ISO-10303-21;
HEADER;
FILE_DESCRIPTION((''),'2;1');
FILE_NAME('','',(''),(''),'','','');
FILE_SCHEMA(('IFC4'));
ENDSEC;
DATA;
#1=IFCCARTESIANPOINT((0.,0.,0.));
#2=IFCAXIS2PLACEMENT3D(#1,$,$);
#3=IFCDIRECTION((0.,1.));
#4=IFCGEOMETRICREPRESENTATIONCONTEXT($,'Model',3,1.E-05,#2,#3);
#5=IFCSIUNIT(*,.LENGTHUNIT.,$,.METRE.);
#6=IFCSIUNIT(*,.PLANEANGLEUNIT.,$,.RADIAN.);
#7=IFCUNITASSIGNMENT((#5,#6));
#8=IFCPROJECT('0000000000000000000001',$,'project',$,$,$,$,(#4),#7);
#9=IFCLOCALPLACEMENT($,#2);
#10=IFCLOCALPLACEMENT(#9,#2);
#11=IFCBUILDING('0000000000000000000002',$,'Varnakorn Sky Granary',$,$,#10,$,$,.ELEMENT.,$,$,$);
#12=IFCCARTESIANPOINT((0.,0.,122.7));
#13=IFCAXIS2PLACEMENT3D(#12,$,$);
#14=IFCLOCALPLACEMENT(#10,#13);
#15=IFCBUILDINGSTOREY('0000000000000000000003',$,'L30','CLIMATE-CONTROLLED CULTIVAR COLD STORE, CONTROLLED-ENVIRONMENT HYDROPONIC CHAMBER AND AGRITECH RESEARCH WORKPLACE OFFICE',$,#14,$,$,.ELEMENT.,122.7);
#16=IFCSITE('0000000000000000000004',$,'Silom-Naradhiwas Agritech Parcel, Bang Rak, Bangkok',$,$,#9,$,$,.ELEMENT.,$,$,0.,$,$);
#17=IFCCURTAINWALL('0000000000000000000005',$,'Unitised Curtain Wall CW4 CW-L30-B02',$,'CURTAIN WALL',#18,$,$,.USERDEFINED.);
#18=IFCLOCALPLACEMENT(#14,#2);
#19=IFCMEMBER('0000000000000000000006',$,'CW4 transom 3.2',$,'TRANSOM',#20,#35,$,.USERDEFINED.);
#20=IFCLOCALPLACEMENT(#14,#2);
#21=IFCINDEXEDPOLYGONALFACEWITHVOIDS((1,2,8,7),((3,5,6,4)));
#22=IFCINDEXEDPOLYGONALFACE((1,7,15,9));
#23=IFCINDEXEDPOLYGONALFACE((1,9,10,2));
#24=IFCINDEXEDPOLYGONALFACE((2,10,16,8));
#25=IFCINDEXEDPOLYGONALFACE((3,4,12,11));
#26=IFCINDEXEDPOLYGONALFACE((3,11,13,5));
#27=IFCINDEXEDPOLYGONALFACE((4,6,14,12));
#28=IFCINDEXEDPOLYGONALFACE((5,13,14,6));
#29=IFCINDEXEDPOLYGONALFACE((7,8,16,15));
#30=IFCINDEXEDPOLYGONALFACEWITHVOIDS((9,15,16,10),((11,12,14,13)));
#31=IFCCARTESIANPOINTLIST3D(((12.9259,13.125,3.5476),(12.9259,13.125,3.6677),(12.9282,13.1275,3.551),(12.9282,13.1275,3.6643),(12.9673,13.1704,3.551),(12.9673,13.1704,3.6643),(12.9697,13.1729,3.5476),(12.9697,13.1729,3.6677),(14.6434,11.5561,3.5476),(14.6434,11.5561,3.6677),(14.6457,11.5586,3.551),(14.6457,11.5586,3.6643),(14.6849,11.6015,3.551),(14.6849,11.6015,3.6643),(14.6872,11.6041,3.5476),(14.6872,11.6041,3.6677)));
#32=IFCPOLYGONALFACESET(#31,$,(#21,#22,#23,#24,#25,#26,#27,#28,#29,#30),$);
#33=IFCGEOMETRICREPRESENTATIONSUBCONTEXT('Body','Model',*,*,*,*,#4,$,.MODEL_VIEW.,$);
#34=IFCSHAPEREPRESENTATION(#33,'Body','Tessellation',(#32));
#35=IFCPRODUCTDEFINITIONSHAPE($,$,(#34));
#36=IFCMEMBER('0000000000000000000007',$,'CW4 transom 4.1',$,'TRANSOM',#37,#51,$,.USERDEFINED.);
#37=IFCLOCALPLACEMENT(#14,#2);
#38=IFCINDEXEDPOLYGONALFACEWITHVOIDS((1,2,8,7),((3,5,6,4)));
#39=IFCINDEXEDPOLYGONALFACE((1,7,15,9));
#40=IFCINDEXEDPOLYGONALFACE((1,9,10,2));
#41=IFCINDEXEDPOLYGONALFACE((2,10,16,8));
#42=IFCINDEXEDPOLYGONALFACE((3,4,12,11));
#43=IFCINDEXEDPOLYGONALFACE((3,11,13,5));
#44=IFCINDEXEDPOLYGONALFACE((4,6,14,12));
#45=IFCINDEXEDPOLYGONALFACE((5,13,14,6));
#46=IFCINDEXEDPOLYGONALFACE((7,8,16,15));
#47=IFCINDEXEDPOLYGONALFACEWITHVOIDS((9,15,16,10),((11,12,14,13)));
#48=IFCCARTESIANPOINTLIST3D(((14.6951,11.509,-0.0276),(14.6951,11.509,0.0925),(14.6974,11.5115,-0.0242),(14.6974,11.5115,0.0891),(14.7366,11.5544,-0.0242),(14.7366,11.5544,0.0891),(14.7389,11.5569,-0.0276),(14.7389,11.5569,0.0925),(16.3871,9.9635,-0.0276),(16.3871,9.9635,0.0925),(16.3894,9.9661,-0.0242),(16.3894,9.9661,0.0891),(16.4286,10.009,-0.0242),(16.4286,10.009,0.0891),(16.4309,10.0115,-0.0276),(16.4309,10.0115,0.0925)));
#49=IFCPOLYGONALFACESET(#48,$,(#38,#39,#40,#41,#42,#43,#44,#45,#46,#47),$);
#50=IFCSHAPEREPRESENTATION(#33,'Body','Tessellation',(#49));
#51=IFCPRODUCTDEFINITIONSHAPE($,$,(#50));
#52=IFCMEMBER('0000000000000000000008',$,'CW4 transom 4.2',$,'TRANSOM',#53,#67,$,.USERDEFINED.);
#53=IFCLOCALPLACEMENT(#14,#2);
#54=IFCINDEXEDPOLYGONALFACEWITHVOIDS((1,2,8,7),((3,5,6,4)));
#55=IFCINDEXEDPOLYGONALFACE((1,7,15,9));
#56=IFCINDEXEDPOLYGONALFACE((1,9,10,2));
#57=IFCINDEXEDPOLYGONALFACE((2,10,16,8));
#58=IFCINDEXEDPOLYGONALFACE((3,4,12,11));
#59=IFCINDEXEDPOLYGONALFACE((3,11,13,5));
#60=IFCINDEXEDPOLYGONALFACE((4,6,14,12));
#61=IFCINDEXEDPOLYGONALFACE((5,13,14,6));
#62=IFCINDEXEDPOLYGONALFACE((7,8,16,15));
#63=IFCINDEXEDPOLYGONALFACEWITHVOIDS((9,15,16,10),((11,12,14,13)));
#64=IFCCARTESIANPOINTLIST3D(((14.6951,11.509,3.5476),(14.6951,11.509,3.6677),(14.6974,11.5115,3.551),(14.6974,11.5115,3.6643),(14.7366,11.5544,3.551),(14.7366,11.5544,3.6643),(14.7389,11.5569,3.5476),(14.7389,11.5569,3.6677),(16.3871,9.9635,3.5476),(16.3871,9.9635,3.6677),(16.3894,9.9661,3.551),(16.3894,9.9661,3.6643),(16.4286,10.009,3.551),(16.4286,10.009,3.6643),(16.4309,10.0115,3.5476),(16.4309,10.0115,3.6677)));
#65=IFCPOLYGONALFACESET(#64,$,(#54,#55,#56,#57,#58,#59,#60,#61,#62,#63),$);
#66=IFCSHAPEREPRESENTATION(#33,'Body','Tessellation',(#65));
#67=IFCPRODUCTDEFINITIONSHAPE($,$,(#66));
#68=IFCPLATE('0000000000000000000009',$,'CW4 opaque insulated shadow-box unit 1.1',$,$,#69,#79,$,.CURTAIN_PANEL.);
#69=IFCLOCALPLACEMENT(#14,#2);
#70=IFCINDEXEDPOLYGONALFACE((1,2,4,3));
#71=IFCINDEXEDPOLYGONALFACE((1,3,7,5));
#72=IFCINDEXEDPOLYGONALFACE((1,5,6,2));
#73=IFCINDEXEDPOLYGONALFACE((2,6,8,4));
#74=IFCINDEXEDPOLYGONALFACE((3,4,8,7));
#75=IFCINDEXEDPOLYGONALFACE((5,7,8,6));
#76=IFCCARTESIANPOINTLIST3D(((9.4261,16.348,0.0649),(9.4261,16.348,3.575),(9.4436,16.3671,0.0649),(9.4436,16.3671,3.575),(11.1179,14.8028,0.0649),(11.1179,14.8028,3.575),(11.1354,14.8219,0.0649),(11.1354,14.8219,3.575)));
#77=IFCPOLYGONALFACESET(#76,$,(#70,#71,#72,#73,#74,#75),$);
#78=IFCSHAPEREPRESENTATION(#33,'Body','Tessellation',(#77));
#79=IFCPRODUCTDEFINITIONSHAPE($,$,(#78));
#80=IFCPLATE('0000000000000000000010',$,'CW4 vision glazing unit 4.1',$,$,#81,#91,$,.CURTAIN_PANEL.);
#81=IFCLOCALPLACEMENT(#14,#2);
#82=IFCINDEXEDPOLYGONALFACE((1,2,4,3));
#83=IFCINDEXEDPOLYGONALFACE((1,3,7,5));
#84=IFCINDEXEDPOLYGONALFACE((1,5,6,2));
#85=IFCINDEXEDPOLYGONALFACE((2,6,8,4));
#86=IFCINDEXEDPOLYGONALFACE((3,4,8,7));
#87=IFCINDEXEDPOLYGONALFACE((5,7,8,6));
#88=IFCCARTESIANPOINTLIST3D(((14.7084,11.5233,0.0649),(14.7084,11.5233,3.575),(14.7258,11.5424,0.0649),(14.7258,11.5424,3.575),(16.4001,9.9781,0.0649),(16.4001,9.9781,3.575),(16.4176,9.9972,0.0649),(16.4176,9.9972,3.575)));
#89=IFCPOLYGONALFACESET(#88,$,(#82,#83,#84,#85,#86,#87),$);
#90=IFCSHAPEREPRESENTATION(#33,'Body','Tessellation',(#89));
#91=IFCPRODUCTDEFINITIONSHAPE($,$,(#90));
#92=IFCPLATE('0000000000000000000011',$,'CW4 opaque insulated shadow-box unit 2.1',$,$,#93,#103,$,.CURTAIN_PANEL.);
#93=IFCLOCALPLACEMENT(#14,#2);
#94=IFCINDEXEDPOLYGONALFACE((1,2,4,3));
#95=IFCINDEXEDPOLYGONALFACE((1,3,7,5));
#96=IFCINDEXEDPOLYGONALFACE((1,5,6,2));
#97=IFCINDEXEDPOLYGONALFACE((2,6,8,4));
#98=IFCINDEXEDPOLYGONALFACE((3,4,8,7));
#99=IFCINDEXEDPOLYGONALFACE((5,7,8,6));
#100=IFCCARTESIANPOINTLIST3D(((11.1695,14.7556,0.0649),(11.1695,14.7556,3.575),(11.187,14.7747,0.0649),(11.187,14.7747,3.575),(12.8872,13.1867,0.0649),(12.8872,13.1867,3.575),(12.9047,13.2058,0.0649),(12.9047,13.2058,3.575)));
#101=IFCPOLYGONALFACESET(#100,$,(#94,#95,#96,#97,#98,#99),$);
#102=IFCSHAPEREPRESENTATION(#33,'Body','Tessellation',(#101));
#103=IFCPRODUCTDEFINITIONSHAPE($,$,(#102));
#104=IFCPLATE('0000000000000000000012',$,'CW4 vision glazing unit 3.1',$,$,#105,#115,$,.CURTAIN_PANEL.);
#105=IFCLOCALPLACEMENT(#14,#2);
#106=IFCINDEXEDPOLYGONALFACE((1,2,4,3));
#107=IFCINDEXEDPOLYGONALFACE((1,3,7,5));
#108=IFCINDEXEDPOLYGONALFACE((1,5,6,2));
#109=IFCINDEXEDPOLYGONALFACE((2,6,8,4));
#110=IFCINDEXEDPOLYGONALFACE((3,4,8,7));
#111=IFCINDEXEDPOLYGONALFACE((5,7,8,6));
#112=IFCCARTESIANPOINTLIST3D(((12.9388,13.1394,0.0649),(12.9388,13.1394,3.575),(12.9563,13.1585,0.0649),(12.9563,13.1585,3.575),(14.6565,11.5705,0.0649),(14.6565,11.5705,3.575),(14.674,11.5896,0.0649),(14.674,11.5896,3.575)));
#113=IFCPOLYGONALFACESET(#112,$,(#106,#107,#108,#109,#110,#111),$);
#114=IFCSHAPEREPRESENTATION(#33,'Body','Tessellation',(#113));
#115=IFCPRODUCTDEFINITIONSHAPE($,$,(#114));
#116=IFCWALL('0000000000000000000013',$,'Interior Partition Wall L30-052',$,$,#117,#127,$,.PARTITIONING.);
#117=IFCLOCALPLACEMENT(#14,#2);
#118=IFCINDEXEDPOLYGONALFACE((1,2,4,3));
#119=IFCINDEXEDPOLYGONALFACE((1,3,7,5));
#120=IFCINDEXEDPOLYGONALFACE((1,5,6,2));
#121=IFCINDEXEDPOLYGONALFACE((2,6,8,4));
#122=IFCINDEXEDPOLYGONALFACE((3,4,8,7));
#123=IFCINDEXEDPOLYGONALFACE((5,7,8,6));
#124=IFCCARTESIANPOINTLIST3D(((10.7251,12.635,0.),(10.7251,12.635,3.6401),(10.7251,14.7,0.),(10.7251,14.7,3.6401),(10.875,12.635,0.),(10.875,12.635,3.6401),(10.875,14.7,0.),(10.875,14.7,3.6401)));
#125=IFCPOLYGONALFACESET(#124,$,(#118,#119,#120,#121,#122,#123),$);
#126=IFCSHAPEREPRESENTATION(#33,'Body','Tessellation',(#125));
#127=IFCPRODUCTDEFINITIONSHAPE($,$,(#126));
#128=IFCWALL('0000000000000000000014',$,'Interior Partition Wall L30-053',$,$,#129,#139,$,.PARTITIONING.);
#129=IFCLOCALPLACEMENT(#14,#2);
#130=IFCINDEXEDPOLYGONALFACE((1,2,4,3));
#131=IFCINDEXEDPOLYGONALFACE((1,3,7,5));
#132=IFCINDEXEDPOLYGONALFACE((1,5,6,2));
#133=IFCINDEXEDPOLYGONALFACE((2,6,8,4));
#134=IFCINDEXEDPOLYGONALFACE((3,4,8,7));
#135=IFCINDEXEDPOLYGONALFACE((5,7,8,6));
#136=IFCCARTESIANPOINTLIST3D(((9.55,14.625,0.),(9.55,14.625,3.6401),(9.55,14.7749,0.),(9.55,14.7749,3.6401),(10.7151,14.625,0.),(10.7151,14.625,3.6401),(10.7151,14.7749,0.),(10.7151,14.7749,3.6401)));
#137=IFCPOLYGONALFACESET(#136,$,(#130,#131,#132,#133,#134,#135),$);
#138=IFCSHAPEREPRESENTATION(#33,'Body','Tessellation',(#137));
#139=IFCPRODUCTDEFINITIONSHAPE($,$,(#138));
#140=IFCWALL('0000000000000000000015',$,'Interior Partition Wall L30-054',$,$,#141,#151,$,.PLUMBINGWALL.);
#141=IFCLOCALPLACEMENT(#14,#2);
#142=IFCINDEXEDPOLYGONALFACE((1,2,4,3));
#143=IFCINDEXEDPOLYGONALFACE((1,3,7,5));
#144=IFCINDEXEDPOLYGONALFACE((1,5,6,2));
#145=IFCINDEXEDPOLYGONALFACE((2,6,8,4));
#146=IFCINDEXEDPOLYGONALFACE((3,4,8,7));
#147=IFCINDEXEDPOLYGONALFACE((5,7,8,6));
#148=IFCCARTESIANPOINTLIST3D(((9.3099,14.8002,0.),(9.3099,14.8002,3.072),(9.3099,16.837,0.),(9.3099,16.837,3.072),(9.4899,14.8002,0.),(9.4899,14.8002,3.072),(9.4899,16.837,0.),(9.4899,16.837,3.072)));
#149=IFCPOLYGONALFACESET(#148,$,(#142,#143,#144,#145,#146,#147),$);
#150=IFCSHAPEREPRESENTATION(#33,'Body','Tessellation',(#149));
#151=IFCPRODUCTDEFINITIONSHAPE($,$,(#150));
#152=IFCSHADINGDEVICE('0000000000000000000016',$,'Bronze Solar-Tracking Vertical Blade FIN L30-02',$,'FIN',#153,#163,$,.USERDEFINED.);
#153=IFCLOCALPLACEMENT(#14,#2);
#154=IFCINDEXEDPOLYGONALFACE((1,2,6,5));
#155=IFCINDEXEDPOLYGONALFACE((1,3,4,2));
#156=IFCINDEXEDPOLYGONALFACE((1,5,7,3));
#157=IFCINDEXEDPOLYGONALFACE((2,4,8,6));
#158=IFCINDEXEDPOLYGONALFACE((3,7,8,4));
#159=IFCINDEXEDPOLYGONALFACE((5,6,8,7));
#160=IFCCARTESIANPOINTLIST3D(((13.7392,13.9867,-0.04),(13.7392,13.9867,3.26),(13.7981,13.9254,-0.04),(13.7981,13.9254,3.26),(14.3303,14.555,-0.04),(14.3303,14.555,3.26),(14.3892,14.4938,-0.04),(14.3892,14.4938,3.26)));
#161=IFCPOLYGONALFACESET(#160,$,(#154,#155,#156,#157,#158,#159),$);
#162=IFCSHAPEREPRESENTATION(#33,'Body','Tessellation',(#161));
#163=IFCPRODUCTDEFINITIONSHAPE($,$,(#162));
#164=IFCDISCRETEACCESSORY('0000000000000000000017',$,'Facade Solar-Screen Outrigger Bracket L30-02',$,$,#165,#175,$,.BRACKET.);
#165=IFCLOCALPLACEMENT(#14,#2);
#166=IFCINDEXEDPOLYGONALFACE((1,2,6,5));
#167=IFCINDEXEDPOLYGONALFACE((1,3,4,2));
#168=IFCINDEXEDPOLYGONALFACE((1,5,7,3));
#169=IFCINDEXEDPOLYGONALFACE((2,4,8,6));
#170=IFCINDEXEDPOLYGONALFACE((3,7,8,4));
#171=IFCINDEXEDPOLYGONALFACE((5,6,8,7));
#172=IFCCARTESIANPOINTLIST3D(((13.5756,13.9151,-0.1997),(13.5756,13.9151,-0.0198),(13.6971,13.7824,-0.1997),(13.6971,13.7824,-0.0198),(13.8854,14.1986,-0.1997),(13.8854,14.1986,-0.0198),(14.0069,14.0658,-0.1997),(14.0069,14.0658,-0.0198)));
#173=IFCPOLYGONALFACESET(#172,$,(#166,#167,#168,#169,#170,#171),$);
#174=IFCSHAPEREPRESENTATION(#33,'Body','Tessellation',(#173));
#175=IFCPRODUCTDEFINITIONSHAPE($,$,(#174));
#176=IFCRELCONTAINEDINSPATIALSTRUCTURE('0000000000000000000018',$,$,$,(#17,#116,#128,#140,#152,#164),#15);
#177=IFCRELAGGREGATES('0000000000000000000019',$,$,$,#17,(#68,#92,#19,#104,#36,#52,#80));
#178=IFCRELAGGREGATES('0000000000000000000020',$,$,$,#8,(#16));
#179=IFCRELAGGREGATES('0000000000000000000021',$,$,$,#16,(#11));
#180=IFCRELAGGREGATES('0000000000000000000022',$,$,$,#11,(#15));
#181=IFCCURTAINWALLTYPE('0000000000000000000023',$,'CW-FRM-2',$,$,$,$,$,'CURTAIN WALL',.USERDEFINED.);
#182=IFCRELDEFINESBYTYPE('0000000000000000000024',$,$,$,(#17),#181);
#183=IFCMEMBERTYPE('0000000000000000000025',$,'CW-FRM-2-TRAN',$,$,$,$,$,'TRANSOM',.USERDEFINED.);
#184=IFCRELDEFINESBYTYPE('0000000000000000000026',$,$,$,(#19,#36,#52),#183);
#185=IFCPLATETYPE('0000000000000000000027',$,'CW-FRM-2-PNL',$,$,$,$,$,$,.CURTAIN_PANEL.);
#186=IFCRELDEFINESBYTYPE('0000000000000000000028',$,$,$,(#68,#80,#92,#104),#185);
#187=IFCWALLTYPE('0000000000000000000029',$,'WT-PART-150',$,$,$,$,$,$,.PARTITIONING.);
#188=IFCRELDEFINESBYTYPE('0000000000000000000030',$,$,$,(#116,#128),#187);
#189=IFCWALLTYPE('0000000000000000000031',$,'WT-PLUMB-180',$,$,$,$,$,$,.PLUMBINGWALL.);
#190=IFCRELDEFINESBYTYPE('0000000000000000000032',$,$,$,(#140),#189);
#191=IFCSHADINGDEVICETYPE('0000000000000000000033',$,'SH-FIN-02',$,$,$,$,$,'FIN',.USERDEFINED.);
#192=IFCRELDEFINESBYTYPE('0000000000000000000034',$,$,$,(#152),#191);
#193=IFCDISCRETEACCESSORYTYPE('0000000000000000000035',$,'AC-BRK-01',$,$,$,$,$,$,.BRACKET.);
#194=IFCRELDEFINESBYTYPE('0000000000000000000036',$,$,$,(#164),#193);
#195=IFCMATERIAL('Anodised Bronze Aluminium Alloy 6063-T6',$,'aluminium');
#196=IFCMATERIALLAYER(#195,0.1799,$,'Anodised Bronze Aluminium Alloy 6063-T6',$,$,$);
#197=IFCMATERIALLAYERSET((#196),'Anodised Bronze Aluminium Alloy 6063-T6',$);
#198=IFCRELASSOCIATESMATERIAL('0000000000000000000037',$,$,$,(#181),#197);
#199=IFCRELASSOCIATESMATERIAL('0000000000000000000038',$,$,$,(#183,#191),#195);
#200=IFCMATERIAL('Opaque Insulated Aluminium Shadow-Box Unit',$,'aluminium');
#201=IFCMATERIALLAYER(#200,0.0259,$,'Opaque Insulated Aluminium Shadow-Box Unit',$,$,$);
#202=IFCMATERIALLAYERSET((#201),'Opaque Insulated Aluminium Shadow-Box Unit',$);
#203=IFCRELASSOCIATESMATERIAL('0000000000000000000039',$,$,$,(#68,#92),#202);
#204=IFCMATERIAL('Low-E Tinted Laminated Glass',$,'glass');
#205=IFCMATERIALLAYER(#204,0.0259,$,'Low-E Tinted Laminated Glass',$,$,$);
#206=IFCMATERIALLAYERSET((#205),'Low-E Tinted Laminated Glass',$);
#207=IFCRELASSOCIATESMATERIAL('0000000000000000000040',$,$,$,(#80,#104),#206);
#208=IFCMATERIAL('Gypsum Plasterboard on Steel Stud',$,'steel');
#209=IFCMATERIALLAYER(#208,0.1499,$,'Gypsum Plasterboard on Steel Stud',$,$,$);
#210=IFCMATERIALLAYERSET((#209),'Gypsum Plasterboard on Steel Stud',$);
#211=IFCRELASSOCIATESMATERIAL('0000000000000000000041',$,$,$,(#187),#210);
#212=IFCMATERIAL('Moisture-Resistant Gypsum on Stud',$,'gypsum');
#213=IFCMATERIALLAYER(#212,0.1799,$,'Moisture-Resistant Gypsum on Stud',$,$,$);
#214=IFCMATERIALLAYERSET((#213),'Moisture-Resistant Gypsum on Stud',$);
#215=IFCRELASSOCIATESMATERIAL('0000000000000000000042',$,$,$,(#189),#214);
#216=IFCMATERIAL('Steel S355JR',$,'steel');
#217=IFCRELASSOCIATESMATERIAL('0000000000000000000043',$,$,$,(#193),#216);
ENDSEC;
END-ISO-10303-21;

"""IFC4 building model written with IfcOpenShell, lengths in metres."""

from ifc_helpers import new_model, si_unit, direction, frame, frame_2d, origin, origin_2d, place, context, subcontext, project, spatial, rectangle, hollow_rectangle, extrude, source, transform, mapped, material, layer, layer_set, material_profile, profile_set, type_object, type_shapes, element, aggregate, save


model = new_model("IFC4")

# Units and contexts
model_context = context("Model", 3, precision=1e-05, world=origin(), true_north=direction((0.0, 1.0)))
body_context = subcontext(model_context, "Body", "Model", "MODEL_VIEW")
ifc_project = project(units=[si_unit("LENGTHUNIT", "METRE"), si_unit("PLANEANGLEUNIT", "RADIAN")], contexts=[model_context])

# Site, building, storey
site_placement = place(None, origin())
site = spatial("IfcSite", under=ifc_project, at=site_placement, Name="Silom-Naradhiwas Agritech Parcel, Bang Rak, Bangkok", CompositionType="ELEMENT", RefElevation=0.0)
building_placement = place(site_placement, origin())
building = spatial("IfcBuilding", under=site, at=building_placement, Name="Varnakorn Sky Granary", CompositionType="ELEMENT")
storey_placement = place(building_placement, frame((0.0, 0.0, 122.7)))
storey = spatial("IfcBuildingStorey", under=building, at=storey_placement, Name="L30", Description="CLIMATE-CONTROLLED CULTIVAR COLD STORE, CONTROLLED-ENVIRONMENT HYDROPONIC CHAMBER AND AGRITECH RESEARCH WORKPLACE OFFICE", CompositionType="ELEMENT", Elevation=122.7)

# Shared definitions
ifc_material_1 = material(Name="Steel S355JR", Category="steel")

# Curtain wall, members, plates
ifc_material_2 = material(Name="Anodised Bronze Aluminium Alloy 6063-T6", Category="aluminium")
ifc_layer_1 = layer(ifc_material_2, 0.1799, Name="Anodised Bronze Aluminium Alloy 6063-T6")
ifc_layer_set_1 = layer_set([ifc_layer_1], Name="Anodised Bronze Aluminium Alloy 6063-T6")
curtain_wall_type = type_object("IfcCurtainWallType", Name="CW-FRM-2", ElementType="CURTAIN WALL", PredefinedType="USERDEFINED", material=ifc_layer_set_1)
curtain_wall_placement = place(storey_placement, origin())
curtain_wall = element("IfcCurtainWall", 1, at=curtain_wall_placement, inside=storey, type_object=curtain_wall_type, Name="Unitised Curtain Wall CW4 CW-L30-B02", ObjectType="CURTAIN WALL", PredefinedType="USERDEFINED")
ifc_material_profile_1 = material_profile(ifc_material_2, hollow_rectangle(XDim=0.0649, YDim=0.1201, WallThickness=0.0034, at=origin_2d()), Name="ALU TRAN 65x120")
ifc_profile_set_1 = profile_set([ifc_material_profile_1], Name="Anodised Bronze Aluminium Alloy 6063-T6")
member_type_1 = type_object("IfcMemberType", Name="CW-FRM-2-TRAN", ElementType="TRANSOM", PredefinedType="USERDEFINED", material=ifc_profile_set_1)
member_1_placement = place(storey_placement, frame((12.9478, 13.1489, 3.6077), z_axis=(0.738342, -0.674426, 0.0), x_axis=(0.674426, 0.738342, 0.0)))
member_1 = element("IfcMember", 2, at=member_1_placement, type_object=member_type_1, Name="CW4 transom 3.2", ObjectType="TRANSOM", PredefinedType="USERDEFINED", context=body_context, shape_type="SweptSolid", body=[
    extrude(hollow_rectangle(XDim=0.0649, YDim=0.1201, WallThickness=0.0034, at=origin_2d()), origin(), (0.0, 0.0, 1.0), 2.3262),
])
member_2_placement = place(storey_placement, frame((14.717, 11.533, 0.0325), z_axis=(0.738347, -0.674421, 0.0), x_axis=(0.674421, 0.738347, 0.0)))
member_2 = element("IfcMember", 3, at=member_2_placement, type_object=member_type_1, Name="CW4 transom 4.1", ObjectType="TRANSOM", PredefinedType="USERDEFINED", context=body_context, shape_type="SweptSolid", body=[
    extrude(hollow_rectangle(XDim=0.0649, YDim=0.1201, WallThickness=0.0034, at=origin_2d()), origin(), (0.0, 0.0, 1.0), 2.2915),
])
member_3_placement = place(storey_placement, frame((14.717, 11.533, 3.6077), z_axis=(0.738347, -0.674421, 0.0), x_axis=(0.674421, 0.738347, 0.0)))
member_3 = element("IfcMember", 4, at=member_3_placement, type_object=member_type_1, Name="CW4 transom 4.2", ObjectType="TRANSOM", PredefinedType="USERDEFINED", context=body_context, shape_type="SweptSolid", body=[
    extrude(hollow_rectangle(XDim=0.0649, YDim=0.1201, WallThickness=0.0034, at=origin_2d()), origin(), (0.0, 0.0, 1.0), 2.2915),
])
ifc_material_3 = material(Name="Opaque Insulated Aluminium Shadow-Box Unit", Category="aluminium")
ifc_layer_2 = layer(ifc_material_3, 0.0259, Name="Opaque Insulated Aluminium Shadow-Box Unit")
ifc_layer_set_2 = layer_set([ifc_layer_2], Name="Opaque Insulated Aluminium Shadow-Box Unit")
plate_type = type_object("IfcPlateType", Name="CW-FRM-2-PNL", PredefinedType="CURTAIN_PANEL")
shared_shape_1 = source(origin(), body_context, "Body", "SweptSolid", [
    extrude(rectangle(XDim=2.2913, YDim=0.0259, at=origin_2d()), origin(), (0.0, 0.0, 1.0), 3.51),
])
plate_1_placement = place(storey_placement, frame((10.2808, 15.585, 0.0649), z_axis=(0.0, 0.0, 1.0), x_axis=(0.738359, -0.674407, 0.0)))
plate_1 = element("IfcPlate", 5, at=plate_1_placement, type_object=plate_type, material=ifc_layer_set_2, Name="CW4 opaque insulated shadow-box unit 1.1", PredefinedType="CURTAIN_PANEL", context=body_context, shape_type="MappedRepresentation", body=[
    mapped(shared_shape_1, transform((0.0, 0.0, 0.0), x_axis=(1.0, 0.0, 0.0), y_axis=(0.0, 1.0, 0.0), z_axis=(0.0, 0.0, 1.0), scale=1.0)),
])
ifc_material_4 = material(Name="Low-E Tinted Laminated Glass", Category="glass")
ifc_layer_3 = layer(ifc_material_4, 0.0259, Name="Low-E Tinted Laminated Glass")
ifc_layer_set_3 = layer_set([ifc_layer_3], Name="Low-E Tinted Laminated Glass")
plate_2_placement = place(storey_placement, frame((15.563, 10.7603, 0.0649), z_axis=(0.0, 0.0, 1.0), x_axis=(0.738359, -0.674407, 0.0)))
plate_2 = element("IfcPlate", 6, at=plate_2_placement, type_object=plate_type, material=ifc_layer_set_3, Name="CW4 vision glazing unit 4.1", PredefinedType="CURTAIN_PANEL", context=body_context, shape_type="MappedRepresentation", body=[
    mapped(shared_shape_1, transform((0.0, 0.0, 0.0), x_axis=(1.0, 0.0, 0.0), y_axis=(0.0, 1.0, 0.0), z_axis=(0.0, 0.0, 1.0), scale=1.0)),
])
shared_shape_2 = source(origin(), body_context, "Body", "SweptSolid", [
    extrude(rectangle(XDim=2.3264, YDim=0.0259, at=origin_2d()), origin(), (0.0, 0.0, 1.0), 3.51),
])
type_shapes(plate_type, [shared_shape_1, shared_shape_2])
plate_3_placement = place(storey_placement, frame((12.0371, 13.9807, 0.0649), z_axis=(0.0, 0.0, 1.0), x_axis=(0.738359, -0.674407, 0.0)))
plate_3 = element("IfcPlate", 7, at=plate_3_placement, type_object=plate_type, material=ifc_layer_set_2, Name="CW4 opaque insulated shadow-box unit 2.1", PredefinedType="CURTAIN_PANEL", context=body_context, shape_type="MappedRepresentation", body=[
    mapped(shared_shape_2, transform((0.0, 0.0, 0.0), x_axis=(1.0, 0.0, 0.0), y_axis=(0.0, 1.0, 0.0), z_axis=(0.0, 0.0, 1.0), scale=1.0)),
])
plate_4_placement = place(storey_placement, frame((13.8064, 12.3645, 0.0649), z_axis=(0.0, 0.0, 1.0), x_axis=(0.738359, -0.674407, 0.0)))
plate_4 = element("IfcPlate", 8, at=plate_4_placement, type_object=plate_type, material=ifc_layer_set_3, Name="CW4 vision glazing unit 3.1", PredefinedType="CURTAIN_PANEL", context=body_context, shape_type="MappedRepresentation", body=[
    mapped(shared_shape_2, transform((0.0, 0.0, 0.0), x_axis=(1.0, 0.0, 0.0), y_axis=(0.0, 1.0, 0.0), z_axis=(0.0, 0.0, 1.0), scale=1.0)),
])
aggregate(curtain_wall, [plate_1, plate_3, member_1, plate_4, member_2, member_3, plate_2])

# Walls
ifc_material_5 = material(Name="Gypsum Plasterboard on Steel Stud", Category="steel")
ifc_layer_4 = layer(ifc_material_5, 0.1499, Name="Gypsum Plasterboard on Steel Stud")
ifc_layer_set_4 = layer_set([ifc_layer_4], Name="Gypsum Plasterboard on Steel Stud")
wall_type_1 = type_object("IfcWallType", Name="WT-PART-150", PredefinedType="PARTITIONING", material=ifc_layer_set_4)
wall_1_placement = place(storey_placement, frame((10.8, 12.635, 0.0), z_axis=(0.0, 0.0, 1.0), x_axis=(0.0, 1.0, 0.0)))
element("IfcWall", 9, at=wall_1_placement, inside=storey, type_object=wall_type_1, Name="Interior Partition Wall L30-052", PredefinedType="PARTITIONING", context=body_context, shape_type="SweptSolid", body=[
    extrude(rectangle(XDim=2.0649, YDim=0.1499, at=frame_2d((1.0325, 0.0))), origin(), (0.0, 0.0, 1.0), 3.6401),
])
wall_2_placement = place(storey_placement, frame((10.7151, 14.7, 0.0), z_axis=(0.0, 0.0, 1.0), x_axis=(-1.0, 0.0, 0.0)))
element("IfcWall", 10, at=wall_2_placement, inside=storey, type_object=wall_type_1, Name="Interior Partition Wall L30-053", PredefinedType="PARTITIONING", context=body_context, shape_type="SweptSolid", body=[
    extrude(rectangle(XDim=1.165, YDim=0.1499, at=frame_2d((0.5825, 0.0))), origin(), (0.0, 0.0, 1.0), 3.6401),
])
ifc_material_6 = material(Name="Moisture-Resistant Gypsum on Stud", Category="gypsum")
ifc_layer_5 = layer(ifc_material_6, 0.1799, Name="Moisture-Resistant Gypsum on Stud")
ifc_layer_set_5 = layer_set([ifc_layer_5], Name="Moisture-Resistant Gypsum on Stud")
wall_type_2 = type_object("IfcWallType", Name="WT-PLUMB-180", PredefinedType="PLUMBINGWALL", material=ifc_layer_set_5)
wall_3_placement = place(storey_placement, frame((9.3999, 14.8, 0.0), z_axis=(0.0, 0.0, 1.0), x_axis=(0.0, 1.0, 0.0)))
element("IfcWall", 11, at=wall_3_placement, inside=storey, type_object=wall_type_2, Name="Interior Partition Wall L30-054", PredefinedType="PLUMBINGWALL", context=body_context, shape_type="SweptSolid", body=[
    extrude(rectangle(XDim=2.0369, YDim=0.1799, at=frame_2d((1.0186, 0.0))), origin(), (0.0, 0.0, 1.0), 3.072),
])

# Shading device
shading_device_type = type_object("IfcShadingDeviceType", Name="SH-FIN-02", ElementType="FIN", PredefinedType="USERDEFINED", material=ifc_material_2)
shared_shape_3 = source(origin(), body_context, "Body", "SweptSolid", [
    extrude(rectangle(XDim=0.085, YDim=0.8201, at=origin_2d()), origin(), (0.0, 0.0, 1.0), 3.3),
])
type_shapes(shading_device_type, [shared_shape_3])
shading_device_placement = place(storey_placement, frame((14.0642, 14.2402, -0.04), z_axis=(0.0, 0.0, 1.0), x_axis=(-0.693089, 0.720852, 0.0)))
element("IfcShadingDevice", 12, at=shading_device_placement, inside=storey, type_object=shading_device_type, Name="Bronze Solar-Tracking Vertical Blade FIN L30-02", ObjectType="FIN", PredefinedType="USERDEFINED", context=body_context, shape_type="MappedRepresentation", body=[
    mapped(shared_shape_3, transform((0.0, 0.0, 0.0), x_axis=(1.0, 0.0, 0.0), y_axis=(0.0, 1.0, 0.0), z_axis=(0.0, 0.0, 1.0), scale=1.0)),
])

# Discrete accessory
discrete_accessory_type = type_object("IfcDiscreteAccessoryType", Name="AC-BRK-01", PredefinedType="BRACKET", material=ifc_material_1)
shared_shape_4 = source(origin(), body_context, "Body", "SweptSolid", [
    extrude(rectangle(XDim=0.1799, YDim=0.4199, at=origin_2d()), origin(), (0.0, 0.0, 1.0), 0.1799),
])
type_shapes(discrete_accessory_type, [shared_shape_4])
discrete_accessory_placement = place(storey_placement, frame((13.7913, 13.9905, -0.1997), z_axis=(0.0, 0.0, 1.0), x_axis=(-0.675028, 0.737792, 0.0)))
element("IfcDiscreteAccessory", 13, at=discrete_accessory_placement, inside=storey, type_object=discrete_accessory_type, Name="Facade Solar-Screen Outrigger Bracket L30-02", PredefinedType="BRACKET", context=body_context, shape_type="MappedRepresentation", body=[
    mapped(shared_shape_4, transform((0.0, 0.0, 0.0), x_axis=(1.0, 0.0, 0.0), y_axis=(0.0, 1.0, 0.0), z_axis=(0.0, 0.0, 1.0), scale=1.0)),
])

save(model, "model.ifc")
